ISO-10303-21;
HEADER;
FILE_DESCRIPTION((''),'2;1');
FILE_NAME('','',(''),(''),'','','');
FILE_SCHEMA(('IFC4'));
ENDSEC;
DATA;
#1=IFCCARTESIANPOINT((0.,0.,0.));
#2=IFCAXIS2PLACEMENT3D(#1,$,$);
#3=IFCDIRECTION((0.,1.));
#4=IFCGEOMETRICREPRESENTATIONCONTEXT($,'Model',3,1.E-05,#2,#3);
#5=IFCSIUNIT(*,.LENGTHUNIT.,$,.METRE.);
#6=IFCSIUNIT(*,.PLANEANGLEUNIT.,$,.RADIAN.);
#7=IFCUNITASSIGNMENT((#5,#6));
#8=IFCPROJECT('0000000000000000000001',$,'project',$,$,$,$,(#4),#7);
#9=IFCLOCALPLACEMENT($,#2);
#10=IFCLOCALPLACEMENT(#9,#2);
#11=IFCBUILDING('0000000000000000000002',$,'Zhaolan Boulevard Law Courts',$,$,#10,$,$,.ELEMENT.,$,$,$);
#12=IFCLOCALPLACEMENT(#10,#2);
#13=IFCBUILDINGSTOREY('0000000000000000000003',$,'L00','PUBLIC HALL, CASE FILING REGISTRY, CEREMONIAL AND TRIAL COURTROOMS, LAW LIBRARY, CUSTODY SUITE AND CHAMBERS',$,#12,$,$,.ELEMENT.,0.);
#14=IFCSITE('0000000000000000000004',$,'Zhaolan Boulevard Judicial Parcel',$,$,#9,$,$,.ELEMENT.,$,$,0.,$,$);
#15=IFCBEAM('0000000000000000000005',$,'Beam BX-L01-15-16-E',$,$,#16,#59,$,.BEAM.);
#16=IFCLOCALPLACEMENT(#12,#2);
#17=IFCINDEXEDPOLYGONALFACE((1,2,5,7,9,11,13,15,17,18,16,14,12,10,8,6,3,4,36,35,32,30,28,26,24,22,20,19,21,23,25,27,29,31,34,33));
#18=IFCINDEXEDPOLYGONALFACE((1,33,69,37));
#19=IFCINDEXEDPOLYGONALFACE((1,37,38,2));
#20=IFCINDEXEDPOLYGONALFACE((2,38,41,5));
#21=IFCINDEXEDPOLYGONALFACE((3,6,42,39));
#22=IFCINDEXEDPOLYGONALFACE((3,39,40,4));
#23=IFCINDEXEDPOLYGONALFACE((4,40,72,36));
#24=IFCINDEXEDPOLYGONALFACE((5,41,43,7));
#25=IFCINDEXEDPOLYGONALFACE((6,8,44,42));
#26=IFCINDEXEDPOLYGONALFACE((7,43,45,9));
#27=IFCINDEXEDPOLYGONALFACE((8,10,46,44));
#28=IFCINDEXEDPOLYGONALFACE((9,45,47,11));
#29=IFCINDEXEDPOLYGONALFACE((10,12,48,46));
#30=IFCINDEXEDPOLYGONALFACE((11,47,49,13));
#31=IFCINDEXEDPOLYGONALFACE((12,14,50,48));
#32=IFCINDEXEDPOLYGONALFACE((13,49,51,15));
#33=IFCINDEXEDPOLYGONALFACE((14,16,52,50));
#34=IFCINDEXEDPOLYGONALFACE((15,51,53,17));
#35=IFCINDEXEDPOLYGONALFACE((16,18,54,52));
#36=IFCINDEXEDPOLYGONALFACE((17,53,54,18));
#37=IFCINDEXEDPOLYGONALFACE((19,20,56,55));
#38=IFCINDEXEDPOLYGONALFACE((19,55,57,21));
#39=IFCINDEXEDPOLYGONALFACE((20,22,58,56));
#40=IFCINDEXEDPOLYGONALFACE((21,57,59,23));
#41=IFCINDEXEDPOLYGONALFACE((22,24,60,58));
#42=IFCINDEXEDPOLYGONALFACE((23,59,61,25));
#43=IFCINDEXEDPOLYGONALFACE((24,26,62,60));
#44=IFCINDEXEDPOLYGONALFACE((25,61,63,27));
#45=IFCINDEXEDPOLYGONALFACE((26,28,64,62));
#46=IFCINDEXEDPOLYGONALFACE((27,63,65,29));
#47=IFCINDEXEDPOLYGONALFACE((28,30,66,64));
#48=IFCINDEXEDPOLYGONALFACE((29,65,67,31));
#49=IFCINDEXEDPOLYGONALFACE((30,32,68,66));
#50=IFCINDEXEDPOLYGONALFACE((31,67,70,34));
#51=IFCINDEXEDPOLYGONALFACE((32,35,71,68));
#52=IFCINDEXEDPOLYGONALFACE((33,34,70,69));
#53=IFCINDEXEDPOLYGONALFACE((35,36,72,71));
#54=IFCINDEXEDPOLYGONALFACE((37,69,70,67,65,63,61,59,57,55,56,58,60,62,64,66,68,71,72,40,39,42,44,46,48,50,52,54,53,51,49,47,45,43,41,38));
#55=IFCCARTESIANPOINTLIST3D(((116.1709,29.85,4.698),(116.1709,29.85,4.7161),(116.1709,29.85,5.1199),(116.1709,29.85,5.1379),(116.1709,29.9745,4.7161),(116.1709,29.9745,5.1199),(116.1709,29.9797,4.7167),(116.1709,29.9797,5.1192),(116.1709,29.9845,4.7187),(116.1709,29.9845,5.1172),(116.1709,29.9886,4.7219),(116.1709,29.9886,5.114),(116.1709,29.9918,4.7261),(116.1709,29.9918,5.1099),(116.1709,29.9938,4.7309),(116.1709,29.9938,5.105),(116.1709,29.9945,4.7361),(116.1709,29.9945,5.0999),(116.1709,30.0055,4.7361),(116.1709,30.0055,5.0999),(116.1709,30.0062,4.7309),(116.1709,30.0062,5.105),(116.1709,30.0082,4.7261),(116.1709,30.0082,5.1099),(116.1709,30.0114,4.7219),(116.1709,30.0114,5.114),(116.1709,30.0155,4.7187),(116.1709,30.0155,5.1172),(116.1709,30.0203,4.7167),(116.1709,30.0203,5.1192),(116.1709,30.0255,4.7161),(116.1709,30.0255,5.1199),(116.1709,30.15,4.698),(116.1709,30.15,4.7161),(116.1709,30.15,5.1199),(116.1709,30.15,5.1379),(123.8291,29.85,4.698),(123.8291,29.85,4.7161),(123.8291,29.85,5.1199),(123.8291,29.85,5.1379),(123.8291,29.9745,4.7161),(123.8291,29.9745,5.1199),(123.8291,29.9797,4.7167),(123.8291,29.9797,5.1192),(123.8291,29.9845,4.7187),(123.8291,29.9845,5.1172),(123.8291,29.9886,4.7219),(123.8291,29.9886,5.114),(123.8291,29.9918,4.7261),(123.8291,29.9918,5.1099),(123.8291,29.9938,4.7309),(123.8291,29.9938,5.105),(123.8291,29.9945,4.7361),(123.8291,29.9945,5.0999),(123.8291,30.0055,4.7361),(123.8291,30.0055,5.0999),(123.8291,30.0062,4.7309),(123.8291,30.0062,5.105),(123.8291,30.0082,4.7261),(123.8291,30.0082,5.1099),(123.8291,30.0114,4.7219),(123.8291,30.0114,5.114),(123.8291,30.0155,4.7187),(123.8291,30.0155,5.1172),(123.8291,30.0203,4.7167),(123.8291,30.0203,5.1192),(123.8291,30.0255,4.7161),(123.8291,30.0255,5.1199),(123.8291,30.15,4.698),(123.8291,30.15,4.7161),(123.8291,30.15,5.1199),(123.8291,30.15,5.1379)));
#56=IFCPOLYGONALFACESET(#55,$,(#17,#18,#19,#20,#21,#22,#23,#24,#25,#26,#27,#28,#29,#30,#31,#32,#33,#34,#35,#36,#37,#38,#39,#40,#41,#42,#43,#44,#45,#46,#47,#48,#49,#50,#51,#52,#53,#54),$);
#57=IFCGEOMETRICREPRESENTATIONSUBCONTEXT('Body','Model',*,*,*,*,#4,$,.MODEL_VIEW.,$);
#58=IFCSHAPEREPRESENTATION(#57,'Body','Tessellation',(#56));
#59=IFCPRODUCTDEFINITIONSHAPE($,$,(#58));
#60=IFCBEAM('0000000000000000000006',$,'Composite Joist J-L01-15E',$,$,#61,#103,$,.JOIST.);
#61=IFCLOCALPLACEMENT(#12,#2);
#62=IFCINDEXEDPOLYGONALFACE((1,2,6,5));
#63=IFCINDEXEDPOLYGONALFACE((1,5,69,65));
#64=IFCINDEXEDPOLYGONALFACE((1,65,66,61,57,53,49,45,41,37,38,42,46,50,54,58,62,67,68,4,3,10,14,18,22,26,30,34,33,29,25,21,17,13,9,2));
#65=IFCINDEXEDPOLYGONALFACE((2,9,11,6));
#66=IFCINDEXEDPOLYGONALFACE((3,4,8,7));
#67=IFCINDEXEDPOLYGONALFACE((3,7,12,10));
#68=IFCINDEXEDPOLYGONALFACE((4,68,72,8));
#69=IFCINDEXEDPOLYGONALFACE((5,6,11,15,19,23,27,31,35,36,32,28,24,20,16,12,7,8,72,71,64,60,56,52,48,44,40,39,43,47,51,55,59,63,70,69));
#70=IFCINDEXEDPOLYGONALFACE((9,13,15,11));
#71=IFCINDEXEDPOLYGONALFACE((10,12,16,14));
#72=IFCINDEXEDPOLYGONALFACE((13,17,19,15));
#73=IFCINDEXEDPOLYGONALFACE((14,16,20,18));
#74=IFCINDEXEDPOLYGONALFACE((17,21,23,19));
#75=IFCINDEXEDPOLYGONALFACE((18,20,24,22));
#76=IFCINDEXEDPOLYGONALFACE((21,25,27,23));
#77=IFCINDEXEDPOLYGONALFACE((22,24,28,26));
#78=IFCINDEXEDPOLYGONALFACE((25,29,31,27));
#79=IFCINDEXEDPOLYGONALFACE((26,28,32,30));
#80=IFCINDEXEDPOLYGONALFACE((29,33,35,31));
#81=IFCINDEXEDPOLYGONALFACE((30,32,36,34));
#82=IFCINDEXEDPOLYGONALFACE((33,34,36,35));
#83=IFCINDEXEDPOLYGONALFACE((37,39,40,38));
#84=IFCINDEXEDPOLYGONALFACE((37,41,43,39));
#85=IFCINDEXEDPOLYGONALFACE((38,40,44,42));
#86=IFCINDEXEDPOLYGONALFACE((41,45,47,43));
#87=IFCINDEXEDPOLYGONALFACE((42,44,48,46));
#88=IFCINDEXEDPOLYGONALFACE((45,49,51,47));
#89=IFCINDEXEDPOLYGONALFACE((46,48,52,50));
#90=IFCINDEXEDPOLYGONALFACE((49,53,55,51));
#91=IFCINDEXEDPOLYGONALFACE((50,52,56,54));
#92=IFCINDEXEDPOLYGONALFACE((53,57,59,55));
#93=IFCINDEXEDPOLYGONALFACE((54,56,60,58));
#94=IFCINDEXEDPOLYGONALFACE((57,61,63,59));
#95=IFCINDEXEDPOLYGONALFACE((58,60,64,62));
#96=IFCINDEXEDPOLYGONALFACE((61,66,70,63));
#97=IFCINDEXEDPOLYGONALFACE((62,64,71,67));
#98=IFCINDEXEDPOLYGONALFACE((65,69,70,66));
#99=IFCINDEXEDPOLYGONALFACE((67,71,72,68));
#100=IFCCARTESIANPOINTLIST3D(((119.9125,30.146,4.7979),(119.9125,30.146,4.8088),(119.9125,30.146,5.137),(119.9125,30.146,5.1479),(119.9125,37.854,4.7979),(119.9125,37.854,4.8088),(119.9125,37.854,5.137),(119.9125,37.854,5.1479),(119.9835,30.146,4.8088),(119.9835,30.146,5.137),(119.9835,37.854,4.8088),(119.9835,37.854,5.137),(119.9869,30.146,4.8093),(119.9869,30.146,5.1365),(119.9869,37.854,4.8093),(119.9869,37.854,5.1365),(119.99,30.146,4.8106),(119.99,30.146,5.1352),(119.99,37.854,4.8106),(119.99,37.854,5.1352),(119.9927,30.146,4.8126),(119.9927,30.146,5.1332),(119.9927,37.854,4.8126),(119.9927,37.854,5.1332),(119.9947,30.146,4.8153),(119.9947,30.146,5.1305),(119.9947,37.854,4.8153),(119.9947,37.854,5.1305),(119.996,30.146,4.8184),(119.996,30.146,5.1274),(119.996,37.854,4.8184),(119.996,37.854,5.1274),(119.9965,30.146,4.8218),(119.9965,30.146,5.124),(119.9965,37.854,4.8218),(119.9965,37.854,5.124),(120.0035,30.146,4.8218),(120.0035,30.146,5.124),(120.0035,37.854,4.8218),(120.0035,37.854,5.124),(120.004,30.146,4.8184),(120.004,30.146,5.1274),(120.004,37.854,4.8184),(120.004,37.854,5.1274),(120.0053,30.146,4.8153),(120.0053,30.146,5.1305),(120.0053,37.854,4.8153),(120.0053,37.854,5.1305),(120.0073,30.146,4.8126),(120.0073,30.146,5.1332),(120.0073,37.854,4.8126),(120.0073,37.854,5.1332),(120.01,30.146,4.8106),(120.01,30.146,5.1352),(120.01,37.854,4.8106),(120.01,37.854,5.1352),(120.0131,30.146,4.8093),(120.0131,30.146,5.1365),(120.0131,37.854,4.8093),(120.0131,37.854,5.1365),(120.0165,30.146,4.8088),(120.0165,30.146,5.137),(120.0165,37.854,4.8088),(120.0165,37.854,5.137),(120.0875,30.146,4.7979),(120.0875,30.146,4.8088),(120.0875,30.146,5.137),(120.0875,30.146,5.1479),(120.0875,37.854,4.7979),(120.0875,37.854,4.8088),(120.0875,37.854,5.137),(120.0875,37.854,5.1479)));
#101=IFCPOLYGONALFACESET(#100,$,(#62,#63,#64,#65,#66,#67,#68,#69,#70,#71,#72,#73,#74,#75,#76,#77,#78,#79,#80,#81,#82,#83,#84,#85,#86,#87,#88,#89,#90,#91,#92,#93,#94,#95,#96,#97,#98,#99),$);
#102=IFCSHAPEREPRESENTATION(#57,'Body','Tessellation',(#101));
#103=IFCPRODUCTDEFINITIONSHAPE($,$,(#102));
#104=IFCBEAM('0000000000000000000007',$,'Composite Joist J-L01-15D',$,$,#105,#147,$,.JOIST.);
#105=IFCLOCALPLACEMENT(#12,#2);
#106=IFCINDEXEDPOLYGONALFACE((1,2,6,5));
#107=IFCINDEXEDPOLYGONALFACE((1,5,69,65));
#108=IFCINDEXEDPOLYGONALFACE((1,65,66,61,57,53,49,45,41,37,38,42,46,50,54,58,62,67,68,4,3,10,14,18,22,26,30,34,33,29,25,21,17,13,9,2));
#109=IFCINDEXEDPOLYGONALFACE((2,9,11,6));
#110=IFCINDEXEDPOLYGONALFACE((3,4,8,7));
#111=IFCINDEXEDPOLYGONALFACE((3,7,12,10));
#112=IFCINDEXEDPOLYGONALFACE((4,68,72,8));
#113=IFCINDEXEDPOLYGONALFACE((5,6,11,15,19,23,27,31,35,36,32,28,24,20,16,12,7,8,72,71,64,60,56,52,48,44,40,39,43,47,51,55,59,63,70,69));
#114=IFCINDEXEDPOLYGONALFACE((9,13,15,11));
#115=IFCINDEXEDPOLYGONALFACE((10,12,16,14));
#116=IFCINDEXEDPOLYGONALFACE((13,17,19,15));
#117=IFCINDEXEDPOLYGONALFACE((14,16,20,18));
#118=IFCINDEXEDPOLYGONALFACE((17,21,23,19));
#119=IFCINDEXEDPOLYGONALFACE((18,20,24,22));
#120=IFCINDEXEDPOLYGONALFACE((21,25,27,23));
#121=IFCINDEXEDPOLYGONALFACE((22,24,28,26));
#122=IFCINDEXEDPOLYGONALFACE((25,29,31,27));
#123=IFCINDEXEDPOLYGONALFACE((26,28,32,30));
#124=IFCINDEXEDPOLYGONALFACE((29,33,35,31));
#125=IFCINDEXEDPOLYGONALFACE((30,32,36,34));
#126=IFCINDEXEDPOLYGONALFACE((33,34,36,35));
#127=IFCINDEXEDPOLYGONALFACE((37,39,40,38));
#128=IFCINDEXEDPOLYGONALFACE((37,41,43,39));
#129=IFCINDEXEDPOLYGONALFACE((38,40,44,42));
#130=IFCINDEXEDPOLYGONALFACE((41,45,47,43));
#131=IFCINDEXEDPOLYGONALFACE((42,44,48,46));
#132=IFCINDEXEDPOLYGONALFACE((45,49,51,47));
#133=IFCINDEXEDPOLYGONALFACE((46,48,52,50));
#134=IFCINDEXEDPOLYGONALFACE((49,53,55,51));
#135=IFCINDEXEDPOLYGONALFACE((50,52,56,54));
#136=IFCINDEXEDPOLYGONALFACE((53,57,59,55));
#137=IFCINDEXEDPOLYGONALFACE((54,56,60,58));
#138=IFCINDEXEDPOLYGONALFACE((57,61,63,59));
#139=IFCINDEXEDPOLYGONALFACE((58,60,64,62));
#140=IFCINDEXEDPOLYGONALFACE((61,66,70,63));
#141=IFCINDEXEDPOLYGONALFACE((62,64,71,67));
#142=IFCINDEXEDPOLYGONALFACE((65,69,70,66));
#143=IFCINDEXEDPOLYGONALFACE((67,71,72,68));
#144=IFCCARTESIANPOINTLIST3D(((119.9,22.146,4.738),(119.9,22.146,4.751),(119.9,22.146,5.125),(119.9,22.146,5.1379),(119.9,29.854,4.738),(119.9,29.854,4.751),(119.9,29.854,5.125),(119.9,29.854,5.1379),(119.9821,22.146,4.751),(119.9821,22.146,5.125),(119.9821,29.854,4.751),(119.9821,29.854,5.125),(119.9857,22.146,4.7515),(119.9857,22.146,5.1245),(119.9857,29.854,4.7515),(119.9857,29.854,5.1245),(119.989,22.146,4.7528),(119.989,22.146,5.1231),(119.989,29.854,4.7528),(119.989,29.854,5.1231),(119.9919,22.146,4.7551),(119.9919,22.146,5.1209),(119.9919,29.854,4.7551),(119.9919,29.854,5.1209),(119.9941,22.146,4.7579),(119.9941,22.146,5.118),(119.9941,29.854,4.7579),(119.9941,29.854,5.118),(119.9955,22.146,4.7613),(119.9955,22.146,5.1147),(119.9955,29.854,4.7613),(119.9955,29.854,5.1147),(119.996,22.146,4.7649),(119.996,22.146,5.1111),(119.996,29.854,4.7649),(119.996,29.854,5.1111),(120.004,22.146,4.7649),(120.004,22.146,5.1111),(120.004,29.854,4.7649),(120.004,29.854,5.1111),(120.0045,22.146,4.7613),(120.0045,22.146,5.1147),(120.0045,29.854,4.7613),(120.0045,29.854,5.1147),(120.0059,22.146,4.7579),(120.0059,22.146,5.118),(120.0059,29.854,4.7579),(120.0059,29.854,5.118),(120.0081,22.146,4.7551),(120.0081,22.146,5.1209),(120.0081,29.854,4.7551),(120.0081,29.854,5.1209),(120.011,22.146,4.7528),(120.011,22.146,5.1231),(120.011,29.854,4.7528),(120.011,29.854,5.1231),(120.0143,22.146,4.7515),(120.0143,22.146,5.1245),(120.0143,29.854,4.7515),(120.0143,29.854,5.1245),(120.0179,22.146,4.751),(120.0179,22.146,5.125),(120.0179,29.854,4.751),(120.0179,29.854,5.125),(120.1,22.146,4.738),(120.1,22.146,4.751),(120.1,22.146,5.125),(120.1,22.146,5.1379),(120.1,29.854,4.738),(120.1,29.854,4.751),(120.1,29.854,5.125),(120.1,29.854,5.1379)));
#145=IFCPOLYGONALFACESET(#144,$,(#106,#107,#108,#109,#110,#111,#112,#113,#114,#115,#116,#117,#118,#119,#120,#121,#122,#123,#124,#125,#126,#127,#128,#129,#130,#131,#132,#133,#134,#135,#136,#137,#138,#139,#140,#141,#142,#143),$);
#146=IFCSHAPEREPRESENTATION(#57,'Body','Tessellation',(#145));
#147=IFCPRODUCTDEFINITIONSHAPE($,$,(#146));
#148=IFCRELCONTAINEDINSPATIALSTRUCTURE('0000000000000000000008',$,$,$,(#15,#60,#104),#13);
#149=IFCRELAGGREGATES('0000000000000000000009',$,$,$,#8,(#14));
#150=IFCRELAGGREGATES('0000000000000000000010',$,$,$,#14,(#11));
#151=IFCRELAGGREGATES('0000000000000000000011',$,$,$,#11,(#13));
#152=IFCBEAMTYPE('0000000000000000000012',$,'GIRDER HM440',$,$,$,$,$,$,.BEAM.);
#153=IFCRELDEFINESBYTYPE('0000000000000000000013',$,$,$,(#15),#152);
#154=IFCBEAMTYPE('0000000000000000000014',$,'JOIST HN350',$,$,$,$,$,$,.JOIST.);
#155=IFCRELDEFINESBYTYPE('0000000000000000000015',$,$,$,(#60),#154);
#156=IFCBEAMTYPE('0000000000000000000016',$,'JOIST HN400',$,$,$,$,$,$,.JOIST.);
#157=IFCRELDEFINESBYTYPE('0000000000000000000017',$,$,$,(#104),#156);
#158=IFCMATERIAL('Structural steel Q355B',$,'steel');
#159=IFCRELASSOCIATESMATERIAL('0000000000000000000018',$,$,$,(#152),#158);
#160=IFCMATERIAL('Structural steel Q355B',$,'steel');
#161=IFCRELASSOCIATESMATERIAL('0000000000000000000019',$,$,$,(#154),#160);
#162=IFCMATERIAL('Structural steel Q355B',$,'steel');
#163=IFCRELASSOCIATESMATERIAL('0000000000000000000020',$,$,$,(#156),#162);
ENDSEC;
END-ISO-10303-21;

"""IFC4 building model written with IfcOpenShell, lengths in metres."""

from ifc_helpers import new_model, si_unit, direction, frame, origin, origin_2d, place, context, subcontext, project, spatial, i_section, extrude, material, material_profile, profile_set, type_object, element, save


model = new_model("IFC4")

# Units and contexts
model_context = context("Model", 3, precision=1e-05, world=origin(), true_north=direction((0.0, 1.0)))
body_context = subcontext(model_context, "Body", "Model", "MODEL_VIEW")
ifc_project = project(units=[si_unit("LENGTHUNIT", "METRE"), si_unit("PLANEANGLEUNIT", "RADIAN")], contexts=[model_context])

# Site, building, storey
site_placement = place(None, origin())
site = spatial("IfcSite", under=ifc_project, at=site_placement, Name="Zhaolan Boulevard Judicial Parcel", CompositionType="ELEMENT", RefElevation=0.0)
building_placement = place(site_placement, origin())
building = spatial("IfcBuilding", under=site, at=building_placement, Name="Zhaolan Boulevard Law Courts", CompositionType="ELEMENT")
storey_placement = place(building_placement, origin())
storey = spatial("IfcBuildingStorey", under=building, at=storey_placement, Name="L00", Description="PUBLIC HALL, CASE FILING REGISTRY, CEREMONIAL AND TRIAL COURTROOMS, LAW LIBRARY, CUSTODY SUITE AND CHAMBERS", CompositionType="ELEMENT", Elevation=0.0)

# Beams
ifc_material_1 = material(Name="Structural steel Q355B", Category="steel")
ifc_material_profile_1 = material_profile(ifc_material_1, i_section(OverallWidth=0.3, OverallDepth=0.4399, WebThickness=0.011, FlangeThickness=0.0181, FilletRadius=0.02, at=origin_2d()), Name="HM440x300")
ifc_profile_set_1 = profile_set([ifc_material_profile_1], Name="Structural steel Q355B")
beam_type_1 = type_object("IfcBeamType", Name="GIRDER HM440", PredefinedType="BEAM", material=ifc_profile_set_1)
beam_1_placement = place(storey_placement, frame((116.1709, 30.0, 4.918), z_axis=(1.0, 0.0, 0.0), x_axis=(0.0, 1.0, 0.0)))
element("IfcBeam", 1, at=beam_1_placement, inside=storey, type_object=beam_type_1, Name="Beam BX-L01-15-16-E", PredefinedType="BEAM", context=body_context, shape_type="SweptSolid", body=[
    extrude(i_section(OverallWidth=0.3, OverallDepth=0.4399, WebThickness=0.011, FlangeThickness=0.0181, FilletRadius=0.02, at=origin_2d()), origin(), (0.0, 0.0, 1.0), 7.6582),
])
ifc_material_2 = material(Name="Structural steel Q355B", Category="steel")
ifc_material_profile_2 = material_profile(ifc_material_2, i_section(OverallWidth=0.175, OverallDepth=0.3501, WebThickness=0.0071, FlangeThickness=0.011, FilletRadius=0.0129, at=origin_2d()), Name="HN350x175")
ifc_profile_set_2 = profile_set([ifc_material_profile_2], Name="Structural steel Q355B")
beam_type_2 = type_object("IfcBeamType", Name="JOIST HN350", PredefinedType="JOIST", material=ifc_profile_set_2)
beam_2_placement = place(storey_placement, frame((120.0, 30.146, 4.9729), z_axis=(0.0, 1.0, 0.0), x_axis=(-1.0, 0.0, 0.0)))
element("IfcBeam", 2, at=beam_2_placement, inside=storey, type_object=beam_type_2, Name="Composite Joist J-L01-15E", PredefinedType="JOIST", context=body_context, shape_type="SweptSolid", body=[
    extrude(i_section(OverallWidth=0.175, OverallDepth=0.3501, WebThickness=0.0071, FlangeThickness=0.011, FilletRadius=0.0129, at=origin_2d()), origin(), (0.0, 0.0, 1.0), 7.708),
])
ifc_material_3 = material(Name="Structural steel Q355B", Category="steel")
ifc_material_profile_3 = material_profile(ifc_material_3, i_section(OverallWidth=0.2, OverallDepth=0.3999, WebThickness=0.0081, FlangeThickness=0.0129, FilletRadius=0.0139, at=origin_2d()), Name="HN400x200")
ifc_profile_set_3 = profile_set([ifc_material_profile_3], Name="Structural steel Q355B")
beam_type_3 = type_object("IfcBeamType", Name="JOIST HN400", PredefinedType="JOIST", material=ifc_profile_set_3)
beam_3_placement = place(storey_placement, frame((120.0, 22.146, 4.938), z_axis=(0.0, 1.0, 0.0), x_axis=(-1.0, 0.0, 0.0)))
element("IfcBeam", 3, at=beam_3_placement, inside=storey, type_object=beam_type_3, Name="Composite Joist J-L01-15D", PredefinedType="JOIST", context=body_context, shape_type="SweptSolid", body=[
    extrude(i_section(OverallWidth=0.2, OverallDepth=0.3999, WebThickness=0.0081, FlangeThickness=0.0129, FilletRadius=0.0139, at=origin_2d()), origin(), (0.0, 0.0, 1.0), 7.708),
])

save(model, "model.ifc")
